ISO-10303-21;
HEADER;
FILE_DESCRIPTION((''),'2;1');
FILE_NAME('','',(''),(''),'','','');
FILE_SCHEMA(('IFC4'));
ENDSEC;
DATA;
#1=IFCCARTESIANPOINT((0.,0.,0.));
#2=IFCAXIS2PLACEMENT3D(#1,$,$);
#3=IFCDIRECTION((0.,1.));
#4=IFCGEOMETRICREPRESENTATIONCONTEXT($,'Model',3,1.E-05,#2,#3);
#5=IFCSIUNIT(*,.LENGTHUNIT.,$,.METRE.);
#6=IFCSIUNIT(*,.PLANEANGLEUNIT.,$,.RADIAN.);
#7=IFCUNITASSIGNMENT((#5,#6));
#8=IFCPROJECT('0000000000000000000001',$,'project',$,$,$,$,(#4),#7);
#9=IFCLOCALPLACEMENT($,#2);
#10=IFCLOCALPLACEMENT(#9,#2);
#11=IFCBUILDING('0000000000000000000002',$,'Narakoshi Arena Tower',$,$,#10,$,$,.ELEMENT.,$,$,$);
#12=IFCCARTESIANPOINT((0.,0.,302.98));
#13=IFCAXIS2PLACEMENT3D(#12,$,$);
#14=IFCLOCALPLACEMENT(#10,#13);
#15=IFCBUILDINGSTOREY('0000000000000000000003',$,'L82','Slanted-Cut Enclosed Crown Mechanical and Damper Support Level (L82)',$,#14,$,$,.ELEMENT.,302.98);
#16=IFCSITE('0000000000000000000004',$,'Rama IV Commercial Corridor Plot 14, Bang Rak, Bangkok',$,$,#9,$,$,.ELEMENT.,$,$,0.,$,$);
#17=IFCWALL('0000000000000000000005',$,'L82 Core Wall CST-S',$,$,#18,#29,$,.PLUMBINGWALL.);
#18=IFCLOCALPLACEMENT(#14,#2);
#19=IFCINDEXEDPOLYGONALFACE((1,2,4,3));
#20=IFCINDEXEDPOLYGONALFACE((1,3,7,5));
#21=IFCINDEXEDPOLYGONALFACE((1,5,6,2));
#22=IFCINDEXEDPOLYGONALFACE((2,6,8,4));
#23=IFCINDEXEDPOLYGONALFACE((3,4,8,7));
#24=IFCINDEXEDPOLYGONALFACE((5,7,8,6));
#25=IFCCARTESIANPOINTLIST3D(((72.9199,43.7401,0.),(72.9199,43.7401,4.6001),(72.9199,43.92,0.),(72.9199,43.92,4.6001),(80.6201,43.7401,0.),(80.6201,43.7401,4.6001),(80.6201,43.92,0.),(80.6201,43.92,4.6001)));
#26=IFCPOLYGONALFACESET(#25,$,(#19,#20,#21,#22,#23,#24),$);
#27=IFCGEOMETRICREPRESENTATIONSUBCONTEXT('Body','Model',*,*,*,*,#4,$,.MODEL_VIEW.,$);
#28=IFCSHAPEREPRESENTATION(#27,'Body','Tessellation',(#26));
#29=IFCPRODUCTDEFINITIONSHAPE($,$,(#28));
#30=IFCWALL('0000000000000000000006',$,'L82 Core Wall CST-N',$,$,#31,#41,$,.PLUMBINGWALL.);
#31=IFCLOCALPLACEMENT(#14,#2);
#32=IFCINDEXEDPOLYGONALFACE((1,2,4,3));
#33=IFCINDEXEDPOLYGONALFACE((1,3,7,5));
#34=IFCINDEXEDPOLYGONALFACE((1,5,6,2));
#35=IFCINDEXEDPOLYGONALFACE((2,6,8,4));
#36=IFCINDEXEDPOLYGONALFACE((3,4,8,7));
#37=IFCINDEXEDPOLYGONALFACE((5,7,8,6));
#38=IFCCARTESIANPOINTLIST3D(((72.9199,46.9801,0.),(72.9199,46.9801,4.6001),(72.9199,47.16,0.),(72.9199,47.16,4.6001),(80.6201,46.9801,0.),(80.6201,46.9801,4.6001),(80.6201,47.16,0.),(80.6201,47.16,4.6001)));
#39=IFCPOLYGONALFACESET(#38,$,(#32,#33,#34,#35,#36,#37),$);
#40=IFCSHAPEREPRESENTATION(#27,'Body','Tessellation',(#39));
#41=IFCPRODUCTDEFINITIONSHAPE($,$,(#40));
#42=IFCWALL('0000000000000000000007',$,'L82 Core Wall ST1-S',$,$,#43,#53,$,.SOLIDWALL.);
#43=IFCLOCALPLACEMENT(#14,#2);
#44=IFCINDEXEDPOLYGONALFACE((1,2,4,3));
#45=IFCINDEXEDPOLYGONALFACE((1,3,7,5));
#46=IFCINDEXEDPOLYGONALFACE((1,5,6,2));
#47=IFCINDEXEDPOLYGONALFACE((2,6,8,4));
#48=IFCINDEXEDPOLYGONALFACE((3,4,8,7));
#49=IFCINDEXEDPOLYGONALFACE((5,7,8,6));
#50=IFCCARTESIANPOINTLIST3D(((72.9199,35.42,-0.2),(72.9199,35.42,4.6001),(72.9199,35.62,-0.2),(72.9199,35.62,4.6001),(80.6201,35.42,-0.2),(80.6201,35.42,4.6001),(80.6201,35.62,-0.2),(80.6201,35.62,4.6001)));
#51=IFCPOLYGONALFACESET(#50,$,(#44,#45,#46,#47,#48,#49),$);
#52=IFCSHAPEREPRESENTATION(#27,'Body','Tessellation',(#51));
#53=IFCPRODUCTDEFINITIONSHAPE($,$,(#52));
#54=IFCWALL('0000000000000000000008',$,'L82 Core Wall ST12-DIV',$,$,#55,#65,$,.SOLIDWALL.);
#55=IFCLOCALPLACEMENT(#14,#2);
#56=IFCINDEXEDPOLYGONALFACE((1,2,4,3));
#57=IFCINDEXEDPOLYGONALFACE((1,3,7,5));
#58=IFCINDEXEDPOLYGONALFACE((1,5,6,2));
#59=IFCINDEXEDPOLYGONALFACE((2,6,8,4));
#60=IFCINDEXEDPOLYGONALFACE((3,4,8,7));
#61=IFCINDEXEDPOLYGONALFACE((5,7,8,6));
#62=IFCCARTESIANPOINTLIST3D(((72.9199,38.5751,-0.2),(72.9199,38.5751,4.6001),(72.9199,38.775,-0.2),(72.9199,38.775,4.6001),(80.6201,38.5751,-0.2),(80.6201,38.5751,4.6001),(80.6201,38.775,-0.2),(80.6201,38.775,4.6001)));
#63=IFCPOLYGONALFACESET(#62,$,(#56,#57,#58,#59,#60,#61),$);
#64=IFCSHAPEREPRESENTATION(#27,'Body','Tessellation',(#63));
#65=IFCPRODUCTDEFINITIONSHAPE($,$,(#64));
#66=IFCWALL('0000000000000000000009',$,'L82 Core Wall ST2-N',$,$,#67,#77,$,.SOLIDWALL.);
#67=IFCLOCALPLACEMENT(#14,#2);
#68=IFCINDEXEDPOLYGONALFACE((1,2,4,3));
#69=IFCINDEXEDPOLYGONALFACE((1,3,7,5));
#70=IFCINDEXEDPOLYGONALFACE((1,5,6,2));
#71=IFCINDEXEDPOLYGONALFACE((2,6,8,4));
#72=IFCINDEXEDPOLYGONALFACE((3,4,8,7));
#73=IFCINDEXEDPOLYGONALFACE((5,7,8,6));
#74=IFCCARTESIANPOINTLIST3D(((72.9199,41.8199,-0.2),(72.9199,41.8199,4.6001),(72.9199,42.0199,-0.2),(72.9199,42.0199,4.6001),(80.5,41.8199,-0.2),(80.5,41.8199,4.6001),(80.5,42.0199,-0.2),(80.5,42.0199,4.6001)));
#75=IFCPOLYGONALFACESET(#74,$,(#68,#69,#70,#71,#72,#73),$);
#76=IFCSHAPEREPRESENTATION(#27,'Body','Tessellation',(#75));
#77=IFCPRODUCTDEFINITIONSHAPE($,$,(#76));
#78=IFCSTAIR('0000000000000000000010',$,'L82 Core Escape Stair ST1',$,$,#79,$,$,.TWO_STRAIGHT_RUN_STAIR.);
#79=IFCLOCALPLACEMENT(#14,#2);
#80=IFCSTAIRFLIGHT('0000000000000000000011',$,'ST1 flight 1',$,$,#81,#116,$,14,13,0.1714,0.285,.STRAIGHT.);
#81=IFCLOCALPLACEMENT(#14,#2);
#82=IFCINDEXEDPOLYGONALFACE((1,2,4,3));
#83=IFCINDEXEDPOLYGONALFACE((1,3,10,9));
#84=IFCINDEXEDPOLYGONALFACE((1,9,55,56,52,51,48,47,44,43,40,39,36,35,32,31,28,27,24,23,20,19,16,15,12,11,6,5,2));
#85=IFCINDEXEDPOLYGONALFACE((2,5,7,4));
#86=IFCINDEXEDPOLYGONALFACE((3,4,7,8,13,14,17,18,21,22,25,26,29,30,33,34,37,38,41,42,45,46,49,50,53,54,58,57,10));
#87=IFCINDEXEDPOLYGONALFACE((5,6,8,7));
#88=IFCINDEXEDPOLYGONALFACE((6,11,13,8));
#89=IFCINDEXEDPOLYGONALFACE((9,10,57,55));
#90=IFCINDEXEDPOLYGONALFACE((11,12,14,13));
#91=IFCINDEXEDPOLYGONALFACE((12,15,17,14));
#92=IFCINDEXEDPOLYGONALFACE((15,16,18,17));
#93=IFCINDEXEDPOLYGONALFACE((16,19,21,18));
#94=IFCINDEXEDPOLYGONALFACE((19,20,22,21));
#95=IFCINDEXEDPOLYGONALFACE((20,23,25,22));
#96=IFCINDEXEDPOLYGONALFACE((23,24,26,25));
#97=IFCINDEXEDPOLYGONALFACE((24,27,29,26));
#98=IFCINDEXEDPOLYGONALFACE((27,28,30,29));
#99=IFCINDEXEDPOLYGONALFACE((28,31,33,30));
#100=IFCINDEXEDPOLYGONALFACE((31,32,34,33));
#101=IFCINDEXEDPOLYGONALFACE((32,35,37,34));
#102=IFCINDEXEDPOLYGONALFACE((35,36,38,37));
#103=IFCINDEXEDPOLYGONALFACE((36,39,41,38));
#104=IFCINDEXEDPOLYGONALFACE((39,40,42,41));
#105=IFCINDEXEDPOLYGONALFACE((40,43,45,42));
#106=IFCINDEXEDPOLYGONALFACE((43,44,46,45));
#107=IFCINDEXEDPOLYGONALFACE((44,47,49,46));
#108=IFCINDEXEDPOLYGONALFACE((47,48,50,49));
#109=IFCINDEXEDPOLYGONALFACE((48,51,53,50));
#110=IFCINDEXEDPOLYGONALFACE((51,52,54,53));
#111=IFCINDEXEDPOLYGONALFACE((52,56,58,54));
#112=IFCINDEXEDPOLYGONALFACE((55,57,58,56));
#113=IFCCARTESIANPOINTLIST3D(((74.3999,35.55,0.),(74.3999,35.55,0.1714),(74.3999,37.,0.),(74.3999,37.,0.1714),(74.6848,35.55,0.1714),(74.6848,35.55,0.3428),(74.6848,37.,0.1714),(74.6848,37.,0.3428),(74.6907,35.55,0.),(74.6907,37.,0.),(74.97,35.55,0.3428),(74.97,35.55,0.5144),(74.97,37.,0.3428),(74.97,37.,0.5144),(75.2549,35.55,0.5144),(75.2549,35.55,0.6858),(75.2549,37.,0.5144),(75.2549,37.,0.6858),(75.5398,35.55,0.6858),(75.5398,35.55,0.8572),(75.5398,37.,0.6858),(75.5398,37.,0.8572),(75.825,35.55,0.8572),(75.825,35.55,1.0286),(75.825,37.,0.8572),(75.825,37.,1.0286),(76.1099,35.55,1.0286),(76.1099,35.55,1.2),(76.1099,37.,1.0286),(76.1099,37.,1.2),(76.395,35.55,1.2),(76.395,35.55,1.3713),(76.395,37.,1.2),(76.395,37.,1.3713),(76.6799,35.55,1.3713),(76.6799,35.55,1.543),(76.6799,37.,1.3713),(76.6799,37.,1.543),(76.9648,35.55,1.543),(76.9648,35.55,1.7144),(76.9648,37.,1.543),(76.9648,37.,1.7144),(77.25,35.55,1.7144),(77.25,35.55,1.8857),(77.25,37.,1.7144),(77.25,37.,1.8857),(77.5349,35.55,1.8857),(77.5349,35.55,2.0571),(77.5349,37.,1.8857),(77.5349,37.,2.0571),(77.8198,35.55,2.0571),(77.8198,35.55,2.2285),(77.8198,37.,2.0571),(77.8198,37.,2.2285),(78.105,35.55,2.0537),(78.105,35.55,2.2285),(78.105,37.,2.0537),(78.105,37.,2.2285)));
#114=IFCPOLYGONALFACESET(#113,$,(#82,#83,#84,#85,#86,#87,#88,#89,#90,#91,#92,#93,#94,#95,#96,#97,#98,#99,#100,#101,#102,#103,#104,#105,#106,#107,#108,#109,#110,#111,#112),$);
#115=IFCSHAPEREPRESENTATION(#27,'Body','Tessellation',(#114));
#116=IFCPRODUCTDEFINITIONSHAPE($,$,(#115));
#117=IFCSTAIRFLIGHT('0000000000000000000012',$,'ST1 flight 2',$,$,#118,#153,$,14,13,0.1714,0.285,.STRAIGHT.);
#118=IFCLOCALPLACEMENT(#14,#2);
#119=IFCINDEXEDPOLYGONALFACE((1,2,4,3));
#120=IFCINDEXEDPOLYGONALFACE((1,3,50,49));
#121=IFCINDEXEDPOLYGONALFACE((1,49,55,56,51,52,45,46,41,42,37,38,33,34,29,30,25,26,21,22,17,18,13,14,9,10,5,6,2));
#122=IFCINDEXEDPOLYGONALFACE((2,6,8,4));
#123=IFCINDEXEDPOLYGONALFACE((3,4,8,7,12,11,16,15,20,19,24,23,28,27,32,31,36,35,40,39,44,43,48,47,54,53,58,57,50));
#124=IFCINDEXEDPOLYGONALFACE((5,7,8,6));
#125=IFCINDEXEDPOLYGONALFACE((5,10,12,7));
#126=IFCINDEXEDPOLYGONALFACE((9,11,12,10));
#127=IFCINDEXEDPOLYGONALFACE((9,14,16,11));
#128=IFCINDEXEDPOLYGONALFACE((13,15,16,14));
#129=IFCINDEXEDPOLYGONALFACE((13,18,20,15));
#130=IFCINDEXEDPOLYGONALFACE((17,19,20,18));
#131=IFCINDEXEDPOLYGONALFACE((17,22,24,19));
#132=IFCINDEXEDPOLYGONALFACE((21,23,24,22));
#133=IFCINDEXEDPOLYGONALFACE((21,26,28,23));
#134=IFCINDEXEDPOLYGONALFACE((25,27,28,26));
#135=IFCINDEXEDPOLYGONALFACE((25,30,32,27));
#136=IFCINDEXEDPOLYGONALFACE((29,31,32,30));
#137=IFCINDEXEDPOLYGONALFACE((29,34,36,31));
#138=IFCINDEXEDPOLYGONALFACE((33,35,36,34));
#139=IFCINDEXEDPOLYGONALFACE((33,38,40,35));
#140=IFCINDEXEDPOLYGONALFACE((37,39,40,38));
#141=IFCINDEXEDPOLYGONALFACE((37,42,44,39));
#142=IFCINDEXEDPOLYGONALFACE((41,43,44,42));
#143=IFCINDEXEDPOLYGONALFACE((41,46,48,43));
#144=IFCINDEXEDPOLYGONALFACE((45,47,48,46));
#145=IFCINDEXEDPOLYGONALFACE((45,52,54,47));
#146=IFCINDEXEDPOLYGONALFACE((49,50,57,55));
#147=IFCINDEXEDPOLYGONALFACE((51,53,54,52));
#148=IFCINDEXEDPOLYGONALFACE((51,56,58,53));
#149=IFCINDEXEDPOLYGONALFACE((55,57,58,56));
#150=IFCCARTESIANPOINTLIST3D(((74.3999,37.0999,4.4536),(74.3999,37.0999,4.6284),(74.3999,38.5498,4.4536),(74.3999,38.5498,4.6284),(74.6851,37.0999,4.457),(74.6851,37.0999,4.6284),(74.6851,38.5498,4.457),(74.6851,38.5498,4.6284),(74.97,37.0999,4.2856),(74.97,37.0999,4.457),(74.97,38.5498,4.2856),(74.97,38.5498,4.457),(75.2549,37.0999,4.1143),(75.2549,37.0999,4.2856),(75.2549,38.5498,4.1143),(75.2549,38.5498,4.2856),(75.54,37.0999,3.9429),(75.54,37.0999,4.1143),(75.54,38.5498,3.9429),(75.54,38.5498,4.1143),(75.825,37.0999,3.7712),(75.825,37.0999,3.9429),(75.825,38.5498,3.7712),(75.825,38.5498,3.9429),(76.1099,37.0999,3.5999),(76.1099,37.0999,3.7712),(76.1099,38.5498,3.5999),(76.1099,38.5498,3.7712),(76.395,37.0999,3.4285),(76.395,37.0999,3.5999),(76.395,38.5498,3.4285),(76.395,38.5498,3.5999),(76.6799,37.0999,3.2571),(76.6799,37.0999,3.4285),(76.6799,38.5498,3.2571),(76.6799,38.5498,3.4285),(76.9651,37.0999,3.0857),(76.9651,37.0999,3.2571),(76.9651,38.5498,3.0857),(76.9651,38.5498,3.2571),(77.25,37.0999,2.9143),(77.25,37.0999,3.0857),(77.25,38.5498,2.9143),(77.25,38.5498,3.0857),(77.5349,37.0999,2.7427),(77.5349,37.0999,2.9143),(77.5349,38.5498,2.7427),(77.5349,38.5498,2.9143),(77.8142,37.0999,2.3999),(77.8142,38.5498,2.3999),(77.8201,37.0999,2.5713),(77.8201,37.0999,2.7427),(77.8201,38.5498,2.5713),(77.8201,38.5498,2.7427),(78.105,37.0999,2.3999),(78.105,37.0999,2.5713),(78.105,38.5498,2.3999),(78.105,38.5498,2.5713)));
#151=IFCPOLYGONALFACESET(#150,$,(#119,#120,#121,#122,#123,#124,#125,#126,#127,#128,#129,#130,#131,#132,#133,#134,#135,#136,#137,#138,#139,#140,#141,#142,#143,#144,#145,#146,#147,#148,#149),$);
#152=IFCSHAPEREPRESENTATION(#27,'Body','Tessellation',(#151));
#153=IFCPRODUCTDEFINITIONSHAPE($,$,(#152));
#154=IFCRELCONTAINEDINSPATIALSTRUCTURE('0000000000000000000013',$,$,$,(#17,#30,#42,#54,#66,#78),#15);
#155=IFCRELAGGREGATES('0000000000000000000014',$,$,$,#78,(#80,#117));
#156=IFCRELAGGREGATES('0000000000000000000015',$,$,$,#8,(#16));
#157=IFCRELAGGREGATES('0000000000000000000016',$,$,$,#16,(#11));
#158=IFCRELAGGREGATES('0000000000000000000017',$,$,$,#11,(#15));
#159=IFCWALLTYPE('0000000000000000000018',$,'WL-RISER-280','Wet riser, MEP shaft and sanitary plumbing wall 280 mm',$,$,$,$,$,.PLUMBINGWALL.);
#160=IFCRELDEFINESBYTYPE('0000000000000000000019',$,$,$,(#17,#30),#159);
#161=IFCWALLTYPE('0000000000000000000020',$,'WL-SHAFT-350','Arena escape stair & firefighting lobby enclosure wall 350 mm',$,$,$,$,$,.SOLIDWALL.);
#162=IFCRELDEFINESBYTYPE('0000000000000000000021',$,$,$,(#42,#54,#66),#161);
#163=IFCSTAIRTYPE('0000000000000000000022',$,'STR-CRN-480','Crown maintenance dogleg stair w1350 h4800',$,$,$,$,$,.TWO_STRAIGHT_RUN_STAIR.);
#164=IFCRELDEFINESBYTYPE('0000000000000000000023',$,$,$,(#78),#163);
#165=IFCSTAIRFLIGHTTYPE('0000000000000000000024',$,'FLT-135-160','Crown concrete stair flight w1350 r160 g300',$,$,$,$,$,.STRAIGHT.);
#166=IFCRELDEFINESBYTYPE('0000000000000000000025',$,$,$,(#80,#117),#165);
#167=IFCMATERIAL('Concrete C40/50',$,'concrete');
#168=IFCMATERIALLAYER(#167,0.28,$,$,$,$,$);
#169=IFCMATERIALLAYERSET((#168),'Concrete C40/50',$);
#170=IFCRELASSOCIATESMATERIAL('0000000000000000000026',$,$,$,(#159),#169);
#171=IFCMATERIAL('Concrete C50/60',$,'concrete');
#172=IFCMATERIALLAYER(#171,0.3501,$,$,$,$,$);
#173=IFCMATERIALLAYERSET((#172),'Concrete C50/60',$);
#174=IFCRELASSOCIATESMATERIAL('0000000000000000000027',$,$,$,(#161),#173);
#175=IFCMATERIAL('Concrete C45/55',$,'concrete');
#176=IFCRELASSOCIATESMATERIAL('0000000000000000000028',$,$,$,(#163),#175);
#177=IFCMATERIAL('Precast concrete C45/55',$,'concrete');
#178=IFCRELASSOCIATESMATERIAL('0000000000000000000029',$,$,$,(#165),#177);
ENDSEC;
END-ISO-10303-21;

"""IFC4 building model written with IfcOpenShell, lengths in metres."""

from ifc_helpers import new_model, si_unit, direction, frame, frame_2d, origin, place, context, subcontext, project, spatial, polyline, rectangle, outline, extrude, material, layer, layer_set, type_object, element, aggregate, save


model = new_model("IFC4")

# Units and contexts
model_context = context("Model", 3, precision=1e-05, world=origin(), true_north=direction((0.0, 1.0)))
body_context = subcontext(model_context, "Body", "Model", "MODEL_VIEW")
ifc_project = project(units=[si_unit("LENGTHUNIT", "METRE"), si_unit("PLANEANGLEUNIT", "RADIAN")], contexts=[model_context])

# Site, building, storey
site_placement = place(None, origin())
site = spatial("IfcSite", under=ifc_project, at=site_placement, Name="Rama IV Commercial Corridor Plot 14, Bang Rak, Bangkok", CompositionType="ELEMENT", RefElevation=0.0)
building_placement = place(site_placement, origin())
building = spatial("IfcBuilding", under=site, at=building_placement, Name="Narakoshi Arena Tower", CompositionType="ELEMENT")
storey_placement = place(building_placement, frame((0.0, 0.0, 302.98)))
storey = spatial("IfcBuildingStorey", under=building, at=storey_placement, Name="L82", Description="Slanted-Cut Enclosed Crown Mechanical and Damper Support Level (L82)", CompositionType="ELEMENT", Elevation=302.98)

# Shared definitions
ifc_material_1 = material(Name="Concrete C50/60", Category="concrete")

# Walls
ifc_material_2 = material(Name="Precast concrete C45/55", Category="concrete")
ifc_material_3 = material(Name="Concrete C40/50", Category="concrete")
ifc_layer_1 = layer(ifc_material_3, 0.28)
ifc_layer_set_1 = layer_set([ifc_layer_1], Name="Concrete C40/50")
wall_type_1 = type_object("IfcWallType", Name="WL-RISER-280", Description="Wet riser, MEP shaft and sanitary plumbing wall 280 mm", PredefinedType="PLUMBINGWALL", material=ifc_layer_set_1)
for number, where, z_axis, x_axis, name in (
    (1, (72.9199, 43.8301, 0.0), (0.0, 0.0, 1.0), (1.0, 0.0, 0.0), "L82 Core Wall CST-S"),
    (2, (72.9199, 47.0701, 0.0), (0.0, 0.0, 1.0), (1.0, 0.0, 0.0), "L82 Core Wall CST-N"),
):
    element("IfcWall", number, at=place(storey_placement, frame(where, z_axis=z_axis, x_axis=x_axis)), inside=storey, type_object=wall_type_1, Name=name, PredefinedType="PLUMBINGWALL", context=body_context, shape_type="SweptSolid", body=[
        extrude(rectangle(XDim=7.7002, YDim=0.1799, at=frame_2d((3.8501, 0.0))), origin(), (0.0, 0.0, 1.0), 4.6001),
    ])
ifc_layer_2 = layer(ifc_material_1, 0.3501)
ifc_layer_set_2 = layer_set([ifc_layer_2], Name="Concrete C50/60")
wall_type_2 = type_object("IfcWallType", Name="WL-SHAFT-350", Description="Arena escape stair & firefighting lobby enclosure wall 350 mm", PredefinedType="SOLIDWALL", material=ifc_layer_set_2)
for number, where, z_axis, x_axis, name in (
    (3, (72.9199, 35.52, -0.2), (0.0, 0.0, 1.0), (1.0, 0.0, 0.0), "L82 Core Wall ST1-S"),
    (4, (72.9199, 38.675, -0.2), (0.0, 0.0, 1.0), (1.0, 0.0, 0.0), "L82 Core Wall ST12-DIV"),
):
    element("IfcWall", number, at=place(storey_placement, frame(where, z_axis=z_axis, x_axis=x_axis)), inside=storey, type_object=wall_type_2, Name=name, PredefinedType="SOLIDWALL", context=body_context, shape_type="SweptSolid", body=[
        extrude(rectangle(XDim=7.7002, YDim=0.2, at=frame_2d((3.8501, 0.0))), origin(), (0.0, 0.0, 1.0), 4.8),
    ])
wall_1_placement = place(storey_placement, frame((72.9199, 41.9199, -0.2), z_axis=(0.0, 0.0, 1.0), x_axis=(1.0, 0.0, 0.0)))
element("IfcWall", 5, at=wall_1_placement, inside=storey, type_object=wall_type_2, Name="L82 Core Wall ST2-N", PredefinedType="SOLIDWALL", context=body_context, shape_type="SweptSolid", body=[
    extrude(rectangle(XDim=7.5801, YDim=0.2, at=frame_2d((3.79, 0.0))), origin(), (0.0, 0.0, 1.0), 4.8),
])

# Stair, stair flights
ifc_material_4 = material(Name="Concrete C45/55", Category="concrete")
stair_type = type_object("IfcStairType", Name="STR-CRN-480", Description="Crown maintenance dogleg stair w1350 h4800", PredefinedType="TWO_STRAIGHT_RUN_STAIR", material=ifc_material_4)
stair_1_placement = place(storey_placement, origin())
stair_1 = element("IfcStair", 6, at=stair_1_placement, inside=storey, type_object=stair_type, Name="L82 Core Escape Stair ST1", PredefinedType="TWO_STRAIGHT_RUN_STAIR")
stair_flight_type = type_object("IfcStairFlightType", Name="FLT-135-160", Description="Crown concrete stair flight w1350 r160 g300", PredefinedType="STRAIGHT", material=ifc_material_2)
stair_flight_1_placement = place(storey_placement, frame((74.3999, 36.2749, 0.0), z_axis=(0.0, 0.0, 1.0), x_axis=(1.0, 0.0, 0.0)))
stair_flight_1 = element("IfcStairFlight", 7, at=stair_flight_1_placement, type_object=stair_flight_type, Name="ST1 flight 1", NumberOfRisers=14, NumberOfTreads=13, PredefinedType="STRAIGHT", RiserHeight=0.1714, TreadLength=0.285, context=body_context, shape_type="SweptSolid", body=[
    extrude(outline(polyline([(0.0, 0.0), (0.0, 0.1714), (0.2849, 0.1714), (0.2849, 0.3428), (0.5701, 0.3428), (0.5701, 0.5144), (0.855, 0.5144), (0.855, 0.6858), (1.1399, 0.6858), (1.1399, 0.8572), (1.425, 0.8572), (1.425, 1.0286), (1.71, 1.0286), (1.71, 1.2), (1.9951, 1.2), (1.9951, 1.3713), (2.28, 1.3713), (2.28, 1.543), (2.5649, 1.543), (2.5649, 1.7144), (2.8501, 1.7144), (2.8501, 1.8857), (3.135, 1.8857), (3.135, 2.0571), (3.4199, 2.0571), (3.4199, 2.2285), (3.7051, 2.2285), (3.7051, 2.3999), (3.7051, 2.0537), (0.2908, 0.0), (0.0, 0.0)])), frame((0.0, 0.7251, 0.0), z_axis=(0.0, -1.0, 0.0), x_axis=(1.0, 0.0, 0.0)), (0.0, 0.0, 1.0), 1.45),
])
stair_flight_2_placement = place(storey_placement, frame((78.105, 37.825, 2.3999), z_axis=(0.0, 0.0, 1.0), x_axis=(-1.0, 0.0, 0.0)))
stair_flight_2 = element("IfcStairFlight", 8, at=stair_flight_2_placement, type_object=stair_flight_type, Name="ST1 flight 2", NumberOfRisers=14, NumberOfTreads=13, PredefinedType="STRAIGHT", RiserHeight=0.1714, TreadLength=0.285, context=body_context, shape_type="SweptSolid", body=[
    extrude(outline(polyline([(0.0, 0.0), (0.0, 0.1714), (0.2849, 0.1714), (0.2849, 0.3428), (0.5701, 0.3428), (0.5701, 0.5144), (0.855, 0.5144), (0.855, 0.6858), (1.1399, 0.6858), (1.1399, 0.8572), (1.425, 0.8572), (1.425, 1.0286), (1.71, 1.0286), (1.71, 1.2), (1.9951, 1.2), (1.9951, 1.3713), (2.28, 1.3713), (2.28, 1.543), (2.5649, 1.543), (2.5649, 1.7144), (2.8501, 1.7144), (2.8501, 1.8857), (3.135, 1.8857), (3.135, 2.0571), (3.4199, 2.0571), (3.4199, 2.2285), (3.7051, 2.2285), (3.7051, 2.3999), (3.7051, 2.0537), (0.2908, 0.0), (0.0, 0.0)])), frame((0.0, 0.7251, 0.0), z_axis=(0.0, -1.0, 0.0), x_axis=(1.0, 0.0, 0.0)), (0.0, 0.0, 1.0), 1.45),
])
aggregate(stair_1, [stair_flight_1, stair_flight_2])

save(model, "model.ifc")
